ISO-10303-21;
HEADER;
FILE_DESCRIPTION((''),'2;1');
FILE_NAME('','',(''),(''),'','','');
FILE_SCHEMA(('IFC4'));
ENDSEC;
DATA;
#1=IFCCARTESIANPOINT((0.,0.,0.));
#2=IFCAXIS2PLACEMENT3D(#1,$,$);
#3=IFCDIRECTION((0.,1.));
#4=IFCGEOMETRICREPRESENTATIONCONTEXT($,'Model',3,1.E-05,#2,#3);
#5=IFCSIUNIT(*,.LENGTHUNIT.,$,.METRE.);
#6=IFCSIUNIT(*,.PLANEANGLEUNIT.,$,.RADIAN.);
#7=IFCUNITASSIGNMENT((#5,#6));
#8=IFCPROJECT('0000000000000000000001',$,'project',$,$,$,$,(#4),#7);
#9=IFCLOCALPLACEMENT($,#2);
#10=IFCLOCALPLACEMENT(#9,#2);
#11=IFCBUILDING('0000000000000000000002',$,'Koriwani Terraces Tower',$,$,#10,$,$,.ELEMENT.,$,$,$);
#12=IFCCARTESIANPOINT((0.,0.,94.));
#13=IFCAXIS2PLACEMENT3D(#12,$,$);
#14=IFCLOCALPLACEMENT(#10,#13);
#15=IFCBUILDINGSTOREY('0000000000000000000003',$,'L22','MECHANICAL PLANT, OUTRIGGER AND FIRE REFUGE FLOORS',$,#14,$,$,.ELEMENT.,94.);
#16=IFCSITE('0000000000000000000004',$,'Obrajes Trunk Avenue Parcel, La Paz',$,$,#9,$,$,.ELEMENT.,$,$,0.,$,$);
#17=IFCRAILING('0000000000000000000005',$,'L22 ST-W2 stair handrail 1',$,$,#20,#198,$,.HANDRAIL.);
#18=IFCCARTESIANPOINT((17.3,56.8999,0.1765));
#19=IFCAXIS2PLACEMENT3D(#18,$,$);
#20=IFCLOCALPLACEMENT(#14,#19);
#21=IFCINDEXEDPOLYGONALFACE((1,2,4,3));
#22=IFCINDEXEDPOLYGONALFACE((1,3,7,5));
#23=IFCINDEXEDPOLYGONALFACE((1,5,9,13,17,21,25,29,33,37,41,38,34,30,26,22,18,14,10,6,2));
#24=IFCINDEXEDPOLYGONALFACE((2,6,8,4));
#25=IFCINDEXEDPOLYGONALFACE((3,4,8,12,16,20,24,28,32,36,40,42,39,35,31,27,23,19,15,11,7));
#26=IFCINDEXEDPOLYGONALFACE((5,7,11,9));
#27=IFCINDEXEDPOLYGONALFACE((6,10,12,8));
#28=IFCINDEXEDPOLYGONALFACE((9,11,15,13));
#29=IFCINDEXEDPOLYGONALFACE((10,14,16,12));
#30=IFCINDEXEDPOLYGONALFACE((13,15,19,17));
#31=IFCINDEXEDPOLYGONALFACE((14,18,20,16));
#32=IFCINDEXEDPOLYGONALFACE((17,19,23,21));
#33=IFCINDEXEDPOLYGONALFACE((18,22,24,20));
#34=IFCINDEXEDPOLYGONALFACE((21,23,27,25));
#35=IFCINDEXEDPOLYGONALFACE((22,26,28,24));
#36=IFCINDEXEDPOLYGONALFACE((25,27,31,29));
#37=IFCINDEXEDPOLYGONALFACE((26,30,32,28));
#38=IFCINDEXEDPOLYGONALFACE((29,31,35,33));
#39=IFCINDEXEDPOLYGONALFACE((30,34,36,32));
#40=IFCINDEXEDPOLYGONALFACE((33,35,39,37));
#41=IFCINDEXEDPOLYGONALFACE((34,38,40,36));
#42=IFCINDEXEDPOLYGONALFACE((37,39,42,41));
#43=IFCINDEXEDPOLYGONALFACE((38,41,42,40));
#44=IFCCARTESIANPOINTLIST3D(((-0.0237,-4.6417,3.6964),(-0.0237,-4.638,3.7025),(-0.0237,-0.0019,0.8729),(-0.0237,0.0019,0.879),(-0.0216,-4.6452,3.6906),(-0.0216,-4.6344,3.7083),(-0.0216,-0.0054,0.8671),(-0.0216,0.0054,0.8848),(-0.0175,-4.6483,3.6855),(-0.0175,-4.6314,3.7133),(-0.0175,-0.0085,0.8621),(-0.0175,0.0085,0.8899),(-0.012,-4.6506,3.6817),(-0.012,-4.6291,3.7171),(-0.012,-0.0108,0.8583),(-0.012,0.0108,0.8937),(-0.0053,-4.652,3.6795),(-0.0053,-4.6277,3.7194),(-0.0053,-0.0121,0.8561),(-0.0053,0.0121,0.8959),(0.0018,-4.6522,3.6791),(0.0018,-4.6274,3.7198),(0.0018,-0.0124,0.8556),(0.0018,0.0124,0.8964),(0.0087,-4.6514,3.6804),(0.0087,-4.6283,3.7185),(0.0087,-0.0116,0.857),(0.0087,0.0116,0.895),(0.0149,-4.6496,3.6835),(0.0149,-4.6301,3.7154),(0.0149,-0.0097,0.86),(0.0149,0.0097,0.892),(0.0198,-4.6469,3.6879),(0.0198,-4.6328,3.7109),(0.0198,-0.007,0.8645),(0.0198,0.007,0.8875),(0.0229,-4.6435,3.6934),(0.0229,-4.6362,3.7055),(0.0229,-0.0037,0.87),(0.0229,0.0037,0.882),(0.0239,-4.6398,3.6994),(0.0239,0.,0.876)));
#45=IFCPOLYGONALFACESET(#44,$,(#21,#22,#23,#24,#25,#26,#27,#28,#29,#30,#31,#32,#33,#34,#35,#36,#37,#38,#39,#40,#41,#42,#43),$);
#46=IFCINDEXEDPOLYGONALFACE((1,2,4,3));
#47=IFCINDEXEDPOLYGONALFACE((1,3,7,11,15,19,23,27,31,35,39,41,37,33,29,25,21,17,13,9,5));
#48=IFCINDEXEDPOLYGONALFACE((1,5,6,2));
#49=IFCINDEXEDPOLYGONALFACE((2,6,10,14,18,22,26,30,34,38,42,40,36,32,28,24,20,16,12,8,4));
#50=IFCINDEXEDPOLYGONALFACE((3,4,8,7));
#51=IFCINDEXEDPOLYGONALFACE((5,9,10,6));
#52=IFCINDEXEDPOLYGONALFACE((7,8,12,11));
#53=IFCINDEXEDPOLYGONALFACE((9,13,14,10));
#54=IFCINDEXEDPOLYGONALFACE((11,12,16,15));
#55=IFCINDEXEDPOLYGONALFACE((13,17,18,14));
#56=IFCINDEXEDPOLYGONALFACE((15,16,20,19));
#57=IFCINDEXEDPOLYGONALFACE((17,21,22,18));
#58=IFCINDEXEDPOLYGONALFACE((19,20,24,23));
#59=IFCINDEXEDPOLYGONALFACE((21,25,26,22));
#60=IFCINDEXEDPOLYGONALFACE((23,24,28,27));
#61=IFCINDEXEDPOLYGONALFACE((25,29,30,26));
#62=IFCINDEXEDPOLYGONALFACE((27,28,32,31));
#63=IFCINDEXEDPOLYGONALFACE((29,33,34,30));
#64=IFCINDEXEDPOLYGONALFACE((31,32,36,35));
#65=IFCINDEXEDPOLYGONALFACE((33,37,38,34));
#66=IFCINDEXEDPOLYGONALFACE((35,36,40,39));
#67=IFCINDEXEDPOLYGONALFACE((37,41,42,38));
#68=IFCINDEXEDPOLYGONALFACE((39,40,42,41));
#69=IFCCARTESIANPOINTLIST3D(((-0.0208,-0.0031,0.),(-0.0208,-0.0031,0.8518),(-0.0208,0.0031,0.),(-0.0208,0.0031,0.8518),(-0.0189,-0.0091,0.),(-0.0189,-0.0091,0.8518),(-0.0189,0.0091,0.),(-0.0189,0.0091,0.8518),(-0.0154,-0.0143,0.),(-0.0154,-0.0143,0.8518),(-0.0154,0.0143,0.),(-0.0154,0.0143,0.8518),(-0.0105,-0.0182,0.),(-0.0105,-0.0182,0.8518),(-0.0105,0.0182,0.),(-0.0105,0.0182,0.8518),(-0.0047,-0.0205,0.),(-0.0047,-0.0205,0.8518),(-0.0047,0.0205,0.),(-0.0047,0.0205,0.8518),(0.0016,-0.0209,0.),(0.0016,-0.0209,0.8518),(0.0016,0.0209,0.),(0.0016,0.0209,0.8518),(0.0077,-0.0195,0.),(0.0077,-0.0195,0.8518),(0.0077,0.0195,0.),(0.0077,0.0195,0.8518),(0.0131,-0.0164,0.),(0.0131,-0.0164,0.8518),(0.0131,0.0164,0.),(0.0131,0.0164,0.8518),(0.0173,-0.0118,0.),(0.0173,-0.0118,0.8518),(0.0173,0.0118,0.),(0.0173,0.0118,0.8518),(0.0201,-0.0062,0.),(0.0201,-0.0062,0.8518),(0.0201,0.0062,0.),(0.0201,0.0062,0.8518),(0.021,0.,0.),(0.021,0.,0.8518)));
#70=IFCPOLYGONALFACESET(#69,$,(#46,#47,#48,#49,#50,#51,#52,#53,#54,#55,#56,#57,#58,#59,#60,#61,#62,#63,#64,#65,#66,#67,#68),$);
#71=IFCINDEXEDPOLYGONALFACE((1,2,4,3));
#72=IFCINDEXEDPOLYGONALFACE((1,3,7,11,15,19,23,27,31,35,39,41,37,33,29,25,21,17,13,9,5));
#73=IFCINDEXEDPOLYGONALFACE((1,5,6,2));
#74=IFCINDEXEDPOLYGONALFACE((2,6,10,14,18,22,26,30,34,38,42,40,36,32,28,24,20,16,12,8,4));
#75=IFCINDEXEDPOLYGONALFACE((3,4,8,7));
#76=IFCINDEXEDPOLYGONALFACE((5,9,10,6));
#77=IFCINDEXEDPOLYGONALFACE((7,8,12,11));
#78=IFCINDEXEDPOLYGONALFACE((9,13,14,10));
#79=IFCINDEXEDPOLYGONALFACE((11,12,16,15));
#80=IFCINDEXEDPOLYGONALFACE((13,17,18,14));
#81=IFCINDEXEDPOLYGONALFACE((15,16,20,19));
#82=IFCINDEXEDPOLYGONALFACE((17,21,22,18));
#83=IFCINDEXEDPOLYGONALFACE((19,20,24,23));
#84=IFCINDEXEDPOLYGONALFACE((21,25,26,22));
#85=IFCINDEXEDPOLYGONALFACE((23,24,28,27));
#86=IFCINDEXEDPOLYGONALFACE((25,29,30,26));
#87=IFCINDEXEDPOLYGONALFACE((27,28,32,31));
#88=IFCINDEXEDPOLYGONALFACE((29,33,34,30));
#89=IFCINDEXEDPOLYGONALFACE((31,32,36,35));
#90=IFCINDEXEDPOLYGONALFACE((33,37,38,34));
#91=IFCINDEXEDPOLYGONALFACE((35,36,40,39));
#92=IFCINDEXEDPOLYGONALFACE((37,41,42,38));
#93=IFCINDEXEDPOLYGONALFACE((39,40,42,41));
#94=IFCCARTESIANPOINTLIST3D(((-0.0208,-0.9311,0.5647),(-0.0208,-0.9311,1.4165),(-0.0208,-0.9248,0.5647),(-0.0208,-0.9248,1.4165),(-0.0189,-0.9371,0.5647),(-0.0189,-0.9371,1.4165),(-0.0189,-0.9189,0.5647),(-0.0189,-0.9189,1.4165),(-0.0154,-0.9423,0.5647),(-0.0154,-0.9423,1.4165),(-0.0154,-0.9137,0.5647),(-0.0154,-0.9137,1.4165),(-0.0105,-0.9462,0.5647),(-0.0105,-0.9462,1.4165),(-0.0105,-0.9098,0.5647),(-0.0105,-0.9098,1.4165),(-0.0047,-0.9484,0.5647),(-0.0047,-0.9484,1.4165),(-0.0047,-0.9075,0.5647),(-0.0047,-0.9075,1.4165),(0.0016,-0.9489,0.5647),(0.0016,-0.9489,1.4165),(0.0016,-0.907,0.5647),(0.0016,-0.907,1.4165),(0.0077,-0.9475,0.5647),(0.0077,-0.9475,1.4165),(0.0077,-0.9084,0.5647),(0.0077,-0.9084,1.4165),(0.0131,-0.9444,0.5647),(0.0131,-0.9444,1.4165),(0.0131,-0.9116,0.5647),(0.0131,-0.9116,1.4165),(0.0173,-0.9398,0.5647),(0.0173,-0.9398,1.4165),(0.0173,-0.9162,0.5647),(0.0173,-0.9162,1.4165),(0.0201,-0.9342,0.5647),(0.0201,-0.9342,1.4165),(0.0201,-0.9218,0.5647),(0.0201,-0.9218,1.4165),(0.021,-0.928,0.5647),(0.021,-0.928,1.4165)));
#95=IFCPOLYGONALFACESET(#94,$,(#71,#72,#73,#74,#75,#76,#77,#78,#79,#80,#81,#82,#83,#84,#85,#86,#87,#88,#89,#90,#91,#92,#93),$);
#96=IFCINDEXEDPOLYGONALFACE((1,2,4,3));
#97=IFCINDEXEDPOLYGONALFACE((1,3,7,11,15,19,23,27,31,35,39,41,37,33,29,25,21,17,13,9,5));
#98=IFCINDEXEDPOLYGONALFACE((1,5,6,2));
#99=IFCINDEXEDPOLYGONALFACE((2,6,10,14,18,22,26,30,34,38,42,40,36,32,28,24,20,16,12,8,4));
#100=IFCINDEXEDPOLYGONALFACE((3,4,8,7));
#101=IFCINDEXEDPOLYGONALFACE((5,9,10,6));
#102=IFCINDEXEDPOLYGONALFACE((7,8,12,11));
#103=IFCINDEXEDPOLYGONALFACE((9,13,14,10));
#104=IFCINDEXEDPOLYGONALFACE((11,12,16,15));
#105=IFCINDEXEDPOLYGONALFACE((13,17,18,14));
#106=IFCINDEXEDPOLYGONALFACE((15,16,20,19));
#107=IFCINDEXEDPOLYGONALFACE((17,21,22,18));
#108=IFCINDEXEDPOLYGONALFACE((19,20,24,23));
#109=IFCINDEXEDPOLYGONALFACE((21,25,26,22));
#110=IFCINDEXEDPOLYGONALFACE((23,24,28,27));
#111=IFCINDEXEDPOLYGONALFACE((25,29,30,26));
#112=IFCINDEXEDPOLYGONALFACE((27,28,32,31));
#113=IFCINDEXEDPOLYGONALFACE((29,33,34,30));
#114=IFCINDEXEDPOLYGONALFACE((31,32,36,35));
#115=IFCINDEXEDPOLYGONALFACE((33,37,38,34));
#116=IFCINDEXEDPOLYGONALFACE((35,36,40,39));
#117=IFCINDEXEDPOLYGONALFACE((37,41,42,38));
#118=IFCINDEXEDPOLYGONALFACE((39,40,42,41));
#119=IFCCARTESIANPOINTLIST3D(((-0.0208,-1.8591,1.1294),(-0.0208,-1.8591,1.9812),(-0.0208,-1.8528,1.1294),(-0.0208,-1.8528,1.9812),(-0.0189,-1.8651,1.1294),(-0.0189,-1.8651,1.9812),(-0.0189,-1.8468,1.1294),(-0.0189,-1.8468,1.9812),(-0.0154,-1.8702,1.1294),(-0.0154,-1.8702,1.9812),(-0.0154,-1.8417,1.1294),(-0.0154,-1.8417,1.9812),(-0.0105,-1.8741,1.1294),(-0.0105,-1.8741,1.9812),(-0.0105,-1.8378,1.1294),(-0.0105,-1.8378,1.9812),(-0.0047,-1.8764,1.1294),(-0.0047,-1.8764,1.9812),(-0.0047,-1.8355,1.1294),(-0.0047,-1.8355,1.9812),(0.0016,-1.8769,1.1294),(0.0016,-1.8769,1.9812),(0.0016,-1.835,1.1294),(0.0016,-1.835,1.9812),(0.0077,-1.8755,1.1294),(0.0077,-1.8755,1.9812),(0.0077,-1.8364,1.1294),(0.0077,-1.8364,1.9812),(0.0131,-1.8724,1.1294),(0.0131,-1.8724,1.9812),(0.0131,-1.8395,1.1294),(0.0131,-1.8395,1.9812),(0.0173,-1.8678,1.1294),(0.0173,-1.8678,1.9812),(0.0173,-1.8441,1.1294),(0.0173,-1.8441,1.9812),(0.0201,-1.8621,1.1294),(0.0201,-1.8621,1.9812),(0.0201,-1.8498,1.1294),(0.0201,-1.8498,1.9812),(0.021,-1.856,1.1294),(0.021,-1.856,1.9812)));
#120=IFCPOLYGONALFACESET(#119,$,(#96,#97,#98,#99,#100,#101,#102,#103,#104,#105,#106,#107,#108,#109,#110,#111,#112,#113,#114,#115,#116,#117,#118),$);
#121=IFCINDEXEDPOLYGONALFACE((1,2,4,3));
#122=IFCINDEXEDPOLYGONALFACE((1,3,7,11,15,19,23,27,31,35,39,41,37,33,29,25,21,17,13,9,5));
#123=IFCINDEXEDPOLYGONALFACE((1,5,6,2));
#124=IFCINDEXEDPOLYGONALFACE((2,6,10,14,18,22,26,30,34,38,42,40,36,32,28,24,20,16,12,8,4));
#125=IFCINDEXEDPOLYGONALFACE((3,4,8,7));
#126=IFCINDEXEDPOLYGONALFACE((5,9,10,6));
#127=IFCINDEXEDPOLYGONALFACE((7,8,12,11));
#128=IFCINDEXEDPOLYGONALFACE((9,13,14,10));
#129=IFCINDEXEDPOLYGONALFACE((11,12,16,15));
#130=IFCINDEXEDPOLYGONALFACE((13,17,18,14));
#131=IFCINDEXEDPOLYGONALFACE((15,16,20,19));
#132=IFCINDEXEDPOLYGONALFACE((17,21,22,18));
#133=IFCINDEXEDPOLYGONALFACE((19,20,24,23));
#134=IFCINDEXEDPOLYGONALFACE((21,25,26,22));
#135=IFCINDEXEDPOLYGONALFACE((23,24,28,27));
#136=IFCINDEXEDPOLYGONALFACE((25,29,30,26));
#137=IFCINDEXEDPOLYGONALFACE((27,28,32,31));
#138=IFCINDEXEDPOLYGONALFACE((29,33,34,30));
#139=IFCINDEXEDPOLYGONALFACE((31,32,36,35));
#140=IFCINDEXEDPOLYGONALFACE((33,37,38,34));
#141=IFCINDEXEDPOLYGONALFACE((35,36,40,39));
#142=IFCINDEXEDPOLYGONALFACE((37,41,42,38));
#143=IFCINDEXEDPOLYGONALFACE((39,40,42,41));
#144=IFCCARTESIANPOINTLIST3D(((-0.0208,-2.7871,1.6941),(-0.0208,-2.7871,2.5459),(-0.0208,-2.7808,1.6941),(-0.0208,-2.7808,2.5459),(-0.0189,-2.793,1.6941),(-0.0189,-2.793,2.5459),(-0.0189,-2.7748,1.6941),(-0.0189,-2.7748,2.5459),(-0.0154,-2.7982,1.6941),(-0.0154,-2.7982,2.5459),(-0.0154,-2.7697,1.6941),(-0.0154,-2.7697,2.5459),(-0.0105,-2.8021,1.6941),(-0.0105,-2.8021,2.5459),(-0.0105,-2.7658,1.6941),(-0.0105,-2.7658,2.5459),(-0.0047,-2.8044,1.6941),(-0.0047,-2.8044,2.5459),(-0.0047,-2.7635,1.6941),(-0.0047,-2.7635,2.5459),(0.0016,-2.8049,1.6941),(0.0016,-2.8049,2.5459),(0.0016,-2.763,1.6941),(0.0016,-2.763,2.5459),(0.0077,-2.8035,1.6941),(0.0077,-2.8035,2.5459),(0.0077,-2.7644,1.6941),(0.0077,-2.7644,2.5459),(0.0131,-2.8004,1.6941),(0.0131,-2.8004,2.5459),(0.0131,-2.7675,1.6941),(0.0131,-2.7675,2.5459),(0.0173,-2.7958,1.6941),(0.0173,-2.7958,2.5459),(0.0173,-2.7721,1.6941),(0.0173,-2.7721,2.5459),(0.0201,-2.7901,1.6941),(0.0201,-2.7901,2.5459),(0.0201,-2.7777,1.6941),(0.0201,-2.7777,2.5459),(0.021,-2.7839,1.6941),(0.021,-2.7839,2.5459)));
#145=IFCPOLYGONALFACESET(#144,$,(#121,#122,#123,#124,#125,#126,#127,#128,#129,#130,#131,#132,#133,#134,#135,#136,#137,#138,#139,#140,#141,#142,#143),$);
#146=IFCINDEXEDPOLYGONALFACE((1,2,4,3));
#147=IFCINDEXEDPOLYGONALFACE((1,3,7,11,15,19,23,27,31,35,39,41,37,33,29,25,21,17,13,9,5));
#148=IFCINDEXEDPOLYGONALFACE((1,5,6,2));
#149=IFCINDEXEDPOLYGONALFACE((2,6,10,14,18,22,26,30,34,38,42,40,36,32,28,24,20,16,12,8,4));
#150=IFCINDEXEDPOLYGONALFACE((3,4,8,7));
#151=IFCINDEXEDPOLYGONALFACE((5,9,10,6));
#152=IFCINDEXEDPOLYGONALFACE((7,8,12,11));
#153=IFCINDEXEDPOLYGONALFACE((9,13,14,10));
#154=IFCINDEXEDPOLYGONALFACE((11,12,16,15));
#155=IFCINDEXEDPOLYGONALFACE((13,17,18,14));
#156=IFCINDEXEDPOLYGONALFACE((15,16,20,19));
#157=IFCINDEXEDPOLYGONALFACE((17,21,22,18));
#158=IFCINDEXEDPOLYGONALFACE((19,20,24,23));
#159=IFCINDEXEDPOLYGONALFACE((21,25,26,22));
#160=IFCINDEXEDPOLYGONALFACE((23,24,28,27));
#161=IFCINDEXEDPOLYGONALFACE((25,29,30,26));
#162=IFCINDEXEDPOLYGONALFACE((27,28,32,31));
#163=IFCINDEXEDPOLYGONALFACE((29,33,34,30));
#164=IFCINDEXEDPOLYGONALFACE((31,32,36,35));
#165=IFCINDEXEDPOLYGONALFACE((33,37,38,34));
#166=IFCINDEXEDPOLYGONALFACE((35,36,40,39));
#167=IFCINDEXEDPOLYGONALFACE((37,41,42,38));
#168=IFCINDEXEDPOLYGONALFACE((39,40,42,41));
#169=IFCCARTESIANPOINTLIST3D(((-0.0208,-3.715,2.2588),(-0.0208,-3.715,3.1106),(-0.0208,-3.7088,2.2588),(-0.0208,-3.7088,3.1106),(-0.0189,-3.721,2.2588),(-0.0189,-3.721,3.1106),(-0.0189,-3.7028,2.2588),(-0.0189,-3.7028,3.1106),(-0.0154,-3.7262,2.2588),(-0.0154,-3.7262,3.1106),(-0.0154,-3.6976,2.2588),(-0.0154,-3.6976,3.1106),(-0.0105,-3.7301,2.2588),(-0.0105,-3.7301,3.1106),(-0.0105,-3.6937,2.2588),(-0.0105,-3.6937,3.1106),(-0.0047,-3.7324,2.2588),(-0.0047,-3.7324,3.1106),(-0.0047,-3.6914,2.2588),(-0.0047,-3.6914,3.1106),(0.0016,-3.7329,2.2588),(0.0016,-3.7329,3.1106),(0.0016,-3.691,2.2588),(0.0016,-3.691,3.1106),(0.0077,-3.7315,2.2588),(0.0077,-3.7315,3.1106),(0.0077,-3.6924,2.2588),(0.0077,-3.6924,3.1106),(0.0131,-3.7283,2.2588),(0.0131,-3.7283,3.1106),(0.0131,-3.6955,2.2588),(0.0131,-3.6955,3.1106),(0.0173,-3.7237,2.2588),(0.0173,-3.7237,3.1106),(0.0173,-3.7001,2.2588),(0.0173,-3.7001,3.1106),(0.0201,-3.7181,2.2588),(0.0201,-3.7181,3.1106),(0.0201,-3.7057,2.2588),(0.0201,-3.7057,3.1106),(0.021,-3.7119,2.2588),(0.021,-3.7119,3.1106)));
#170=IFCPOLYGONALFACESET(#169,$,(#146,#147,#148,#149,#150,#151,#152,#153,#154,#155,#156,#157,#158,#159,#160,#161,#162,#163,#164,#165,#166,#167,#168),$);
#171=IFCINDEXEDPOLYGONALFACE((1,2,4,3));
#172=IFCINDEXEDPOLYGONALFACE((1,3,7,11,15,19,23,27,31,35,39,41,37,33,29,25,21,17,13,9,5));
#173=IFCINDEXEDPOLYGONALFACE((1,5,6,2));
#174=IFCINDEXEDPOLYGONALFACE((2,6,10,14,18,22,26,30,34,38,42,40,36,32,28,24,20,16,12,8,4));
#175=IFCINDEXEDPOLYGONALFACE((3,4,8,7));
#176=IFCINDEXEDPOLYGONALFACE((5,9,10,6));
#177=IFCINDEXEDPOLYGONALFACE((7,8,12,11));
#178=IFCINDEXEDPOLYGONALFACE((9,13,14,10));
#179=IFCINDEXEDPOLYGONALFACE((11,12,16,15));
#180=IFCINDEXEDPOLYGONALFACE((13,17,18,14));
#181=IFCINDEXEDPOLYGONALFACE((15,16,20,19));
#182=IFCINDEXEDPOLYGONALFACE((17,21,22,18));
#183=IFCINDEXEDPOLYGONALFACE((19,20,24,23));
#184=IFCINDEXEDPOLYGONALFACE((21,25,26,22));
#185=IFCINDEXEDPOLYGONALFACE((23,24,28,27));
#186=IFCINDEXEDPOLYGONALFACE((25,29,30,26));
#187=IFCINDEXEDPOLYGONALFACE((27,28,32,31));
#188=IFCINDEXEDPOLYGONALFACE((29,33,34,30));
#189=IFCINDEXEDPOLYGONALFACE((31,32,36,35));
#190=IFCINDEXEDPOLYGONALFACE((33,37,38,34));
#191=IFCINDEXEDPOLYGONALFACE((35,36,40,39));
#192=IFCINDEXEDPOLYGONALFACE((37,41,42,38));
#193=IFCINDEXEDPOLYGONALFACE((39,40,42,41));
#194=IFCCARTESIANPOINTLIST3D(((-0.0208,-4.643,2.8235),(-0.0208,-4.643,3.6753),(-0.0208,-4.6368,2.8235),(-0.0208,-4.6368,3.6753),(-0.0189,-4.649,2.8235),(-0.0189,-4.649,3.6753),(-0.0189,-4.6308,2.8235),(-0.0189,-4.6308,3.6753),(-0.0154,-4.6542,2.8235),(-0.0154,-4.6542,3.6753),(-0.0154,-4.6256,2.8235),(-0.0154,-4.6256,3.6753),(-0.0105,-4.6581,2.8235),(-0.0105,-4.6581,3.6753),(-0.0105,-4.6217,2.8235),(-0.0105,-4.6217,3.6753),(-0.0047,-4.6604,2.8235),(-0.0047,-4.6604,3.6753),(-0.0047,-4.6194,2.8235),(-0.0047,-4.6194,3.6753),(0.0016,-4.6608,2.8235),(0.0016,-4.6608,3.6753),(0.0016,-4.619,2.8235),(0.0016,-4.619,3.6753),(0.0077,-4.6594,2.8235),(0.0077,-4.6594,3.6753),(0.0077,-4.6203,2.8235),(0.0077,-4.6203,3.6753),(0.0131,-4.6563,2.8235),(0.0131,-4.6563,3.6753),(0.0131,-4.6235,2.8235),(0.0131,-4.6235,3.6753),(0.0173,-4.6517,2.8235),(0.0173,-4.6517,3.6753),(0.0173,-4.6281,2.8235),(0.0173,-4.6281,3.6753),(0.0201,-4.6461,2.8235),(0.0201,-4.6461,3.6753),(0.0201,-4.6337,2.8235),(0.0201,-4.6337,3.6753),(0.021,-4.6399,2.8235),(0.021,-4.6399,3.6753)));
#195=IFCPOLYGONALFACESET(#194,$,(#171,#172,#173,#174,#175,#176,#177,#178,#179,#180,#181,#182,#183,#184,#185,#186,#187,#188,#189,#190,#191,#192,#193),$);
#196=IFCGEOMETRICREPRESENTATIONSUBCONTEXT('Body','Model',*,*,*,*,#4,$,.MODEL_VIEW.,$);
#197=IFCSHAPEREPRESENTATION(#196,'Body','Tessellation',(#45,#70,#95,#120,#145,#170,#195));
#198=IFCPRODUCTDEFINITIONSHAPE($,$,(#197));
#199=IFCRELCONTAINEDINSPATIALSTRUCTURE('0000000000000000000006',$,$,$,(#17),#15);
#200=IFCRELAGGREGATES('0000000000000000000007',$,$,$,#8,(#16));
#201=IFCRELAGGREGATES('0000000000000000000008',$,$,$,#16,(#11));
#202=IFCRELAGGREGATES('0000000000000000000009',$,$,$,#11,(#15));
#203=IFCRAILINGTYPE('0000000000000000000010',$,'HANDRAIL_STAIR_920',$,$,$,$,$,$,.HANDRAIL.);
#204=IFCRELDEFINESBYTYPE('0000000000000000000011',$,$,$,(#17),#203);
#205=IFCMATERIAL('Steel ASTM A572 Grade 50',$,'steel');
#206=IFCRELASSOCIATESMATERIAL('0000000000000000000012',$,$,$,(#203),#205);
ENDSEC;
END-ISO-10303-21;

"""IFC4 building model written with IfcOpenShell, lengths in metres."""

from ifc_helpers import new_model, si_unit, direction, frame, origin, origin_2d, place, context, subcontext, project, spatial, circle, extrude, material, type_object, element, save


model = new_model("IFC4")

# Units and contexts
model_context = context("Model", 3, precision=1e-05, world=origin(), true_north=direction((0.0, 1.0)))
body_context = subcontext(model_context, "Body", "Model", "MODEL_VIEW")
ifc_project = project(units=[si_unit("LENGTHUNIT", "METRE"), si_unit("PLANEANGLEUNIT", "RADIAN")], contexts=[model_context])

# Site, building, storey
site_placement = place(None, origin())
site = spatial("IfcSite", under=ifc_project, at=site_placement, Name="Obrajes Trunk Avenue Parcel, La Paz", CompositionType="ELEMENT", RefElevation=0.0)
building_placement = place(site_placement, origin())
building = spatial("IfcBuilding", under=site, at=building_placement, Name="Koriwani Terraces Tower", CompositionType="ELEMENT")
storey_placement = place(building_placement, frame((0.0, 0.0, 94.0)))
storey = spatial("IfcBuildingStorey", under=building, at=storey_placement, Name="L22", Description="MECHANICAL PLANT, OUTRIGGER AND FIRE REFUGE FLOORS", CompositionType="ELEMENT", Elevation=94.0)

# Shared definitions
ifc_material_1 = material(Name="Steel ASTM A572 Grade 50", Category="steel")

# Railing
railing_type = type_object("IfcRailingType", Name="HANDRAIL_STAIR_920", PredefinedType="HANDRAIL", material=ifc_material_1)
railing_placement = place(storey_placement, frame((17.3, 56.8999, 0.1765)))
element("IfcRailing", 1, at=railing_placement, inside=storey, type_object=railing_type, Name="L22 ST-W2 stair handrail 1", PredefinedType="HANDRAIL", context=body_context, shape_type="SweptSolid", body=[
    extrude(circle(Radius=0.0239, at=origin_2d()), frame((0.0, 0.0, 0.876), z_axis=(0.0, -0.854264, 0.51984), x_axis=(1.0, 0.0, 0.0)), (0.0, 0.0, 1.0), 5.4314),
    extrude(circle(Radius=0.021, at=origin_2d()), origin(), (0.0, 0.0, 1.0), 0.8518),
    extrude(circle(Radius=0.021, at=origin_2d()), frame((0.0, -0.928, 0.5647)), (0.0, 0.0, 1.0), 0.8518),
    extrude(circle(Radius=0.021, at=origin_2d()), frame((0.0, -1.856, 1.1294)), (0.0, 0.0, 1.0), 0.8518),
    extrude(circle(Radius=0.021, at=origin_2d()), frame((0.0, -2.7839, 1.6941)), (0.0, 0.0, 1.0), 0.8518),
    extrude(circle(Radius=0.021, at=origin_2d()), frame((0.0, -3.7119, 2.2588)), (0.0, 0.0, 1.0), 0.8518),
    extrude(circle(Radius=0.021, at=origin_2d()), frame((0.0, -4.6399, 2.8235)), (0.0, 0.0, 1.0), 0.8518),
])

save(model, "model.ifc")
